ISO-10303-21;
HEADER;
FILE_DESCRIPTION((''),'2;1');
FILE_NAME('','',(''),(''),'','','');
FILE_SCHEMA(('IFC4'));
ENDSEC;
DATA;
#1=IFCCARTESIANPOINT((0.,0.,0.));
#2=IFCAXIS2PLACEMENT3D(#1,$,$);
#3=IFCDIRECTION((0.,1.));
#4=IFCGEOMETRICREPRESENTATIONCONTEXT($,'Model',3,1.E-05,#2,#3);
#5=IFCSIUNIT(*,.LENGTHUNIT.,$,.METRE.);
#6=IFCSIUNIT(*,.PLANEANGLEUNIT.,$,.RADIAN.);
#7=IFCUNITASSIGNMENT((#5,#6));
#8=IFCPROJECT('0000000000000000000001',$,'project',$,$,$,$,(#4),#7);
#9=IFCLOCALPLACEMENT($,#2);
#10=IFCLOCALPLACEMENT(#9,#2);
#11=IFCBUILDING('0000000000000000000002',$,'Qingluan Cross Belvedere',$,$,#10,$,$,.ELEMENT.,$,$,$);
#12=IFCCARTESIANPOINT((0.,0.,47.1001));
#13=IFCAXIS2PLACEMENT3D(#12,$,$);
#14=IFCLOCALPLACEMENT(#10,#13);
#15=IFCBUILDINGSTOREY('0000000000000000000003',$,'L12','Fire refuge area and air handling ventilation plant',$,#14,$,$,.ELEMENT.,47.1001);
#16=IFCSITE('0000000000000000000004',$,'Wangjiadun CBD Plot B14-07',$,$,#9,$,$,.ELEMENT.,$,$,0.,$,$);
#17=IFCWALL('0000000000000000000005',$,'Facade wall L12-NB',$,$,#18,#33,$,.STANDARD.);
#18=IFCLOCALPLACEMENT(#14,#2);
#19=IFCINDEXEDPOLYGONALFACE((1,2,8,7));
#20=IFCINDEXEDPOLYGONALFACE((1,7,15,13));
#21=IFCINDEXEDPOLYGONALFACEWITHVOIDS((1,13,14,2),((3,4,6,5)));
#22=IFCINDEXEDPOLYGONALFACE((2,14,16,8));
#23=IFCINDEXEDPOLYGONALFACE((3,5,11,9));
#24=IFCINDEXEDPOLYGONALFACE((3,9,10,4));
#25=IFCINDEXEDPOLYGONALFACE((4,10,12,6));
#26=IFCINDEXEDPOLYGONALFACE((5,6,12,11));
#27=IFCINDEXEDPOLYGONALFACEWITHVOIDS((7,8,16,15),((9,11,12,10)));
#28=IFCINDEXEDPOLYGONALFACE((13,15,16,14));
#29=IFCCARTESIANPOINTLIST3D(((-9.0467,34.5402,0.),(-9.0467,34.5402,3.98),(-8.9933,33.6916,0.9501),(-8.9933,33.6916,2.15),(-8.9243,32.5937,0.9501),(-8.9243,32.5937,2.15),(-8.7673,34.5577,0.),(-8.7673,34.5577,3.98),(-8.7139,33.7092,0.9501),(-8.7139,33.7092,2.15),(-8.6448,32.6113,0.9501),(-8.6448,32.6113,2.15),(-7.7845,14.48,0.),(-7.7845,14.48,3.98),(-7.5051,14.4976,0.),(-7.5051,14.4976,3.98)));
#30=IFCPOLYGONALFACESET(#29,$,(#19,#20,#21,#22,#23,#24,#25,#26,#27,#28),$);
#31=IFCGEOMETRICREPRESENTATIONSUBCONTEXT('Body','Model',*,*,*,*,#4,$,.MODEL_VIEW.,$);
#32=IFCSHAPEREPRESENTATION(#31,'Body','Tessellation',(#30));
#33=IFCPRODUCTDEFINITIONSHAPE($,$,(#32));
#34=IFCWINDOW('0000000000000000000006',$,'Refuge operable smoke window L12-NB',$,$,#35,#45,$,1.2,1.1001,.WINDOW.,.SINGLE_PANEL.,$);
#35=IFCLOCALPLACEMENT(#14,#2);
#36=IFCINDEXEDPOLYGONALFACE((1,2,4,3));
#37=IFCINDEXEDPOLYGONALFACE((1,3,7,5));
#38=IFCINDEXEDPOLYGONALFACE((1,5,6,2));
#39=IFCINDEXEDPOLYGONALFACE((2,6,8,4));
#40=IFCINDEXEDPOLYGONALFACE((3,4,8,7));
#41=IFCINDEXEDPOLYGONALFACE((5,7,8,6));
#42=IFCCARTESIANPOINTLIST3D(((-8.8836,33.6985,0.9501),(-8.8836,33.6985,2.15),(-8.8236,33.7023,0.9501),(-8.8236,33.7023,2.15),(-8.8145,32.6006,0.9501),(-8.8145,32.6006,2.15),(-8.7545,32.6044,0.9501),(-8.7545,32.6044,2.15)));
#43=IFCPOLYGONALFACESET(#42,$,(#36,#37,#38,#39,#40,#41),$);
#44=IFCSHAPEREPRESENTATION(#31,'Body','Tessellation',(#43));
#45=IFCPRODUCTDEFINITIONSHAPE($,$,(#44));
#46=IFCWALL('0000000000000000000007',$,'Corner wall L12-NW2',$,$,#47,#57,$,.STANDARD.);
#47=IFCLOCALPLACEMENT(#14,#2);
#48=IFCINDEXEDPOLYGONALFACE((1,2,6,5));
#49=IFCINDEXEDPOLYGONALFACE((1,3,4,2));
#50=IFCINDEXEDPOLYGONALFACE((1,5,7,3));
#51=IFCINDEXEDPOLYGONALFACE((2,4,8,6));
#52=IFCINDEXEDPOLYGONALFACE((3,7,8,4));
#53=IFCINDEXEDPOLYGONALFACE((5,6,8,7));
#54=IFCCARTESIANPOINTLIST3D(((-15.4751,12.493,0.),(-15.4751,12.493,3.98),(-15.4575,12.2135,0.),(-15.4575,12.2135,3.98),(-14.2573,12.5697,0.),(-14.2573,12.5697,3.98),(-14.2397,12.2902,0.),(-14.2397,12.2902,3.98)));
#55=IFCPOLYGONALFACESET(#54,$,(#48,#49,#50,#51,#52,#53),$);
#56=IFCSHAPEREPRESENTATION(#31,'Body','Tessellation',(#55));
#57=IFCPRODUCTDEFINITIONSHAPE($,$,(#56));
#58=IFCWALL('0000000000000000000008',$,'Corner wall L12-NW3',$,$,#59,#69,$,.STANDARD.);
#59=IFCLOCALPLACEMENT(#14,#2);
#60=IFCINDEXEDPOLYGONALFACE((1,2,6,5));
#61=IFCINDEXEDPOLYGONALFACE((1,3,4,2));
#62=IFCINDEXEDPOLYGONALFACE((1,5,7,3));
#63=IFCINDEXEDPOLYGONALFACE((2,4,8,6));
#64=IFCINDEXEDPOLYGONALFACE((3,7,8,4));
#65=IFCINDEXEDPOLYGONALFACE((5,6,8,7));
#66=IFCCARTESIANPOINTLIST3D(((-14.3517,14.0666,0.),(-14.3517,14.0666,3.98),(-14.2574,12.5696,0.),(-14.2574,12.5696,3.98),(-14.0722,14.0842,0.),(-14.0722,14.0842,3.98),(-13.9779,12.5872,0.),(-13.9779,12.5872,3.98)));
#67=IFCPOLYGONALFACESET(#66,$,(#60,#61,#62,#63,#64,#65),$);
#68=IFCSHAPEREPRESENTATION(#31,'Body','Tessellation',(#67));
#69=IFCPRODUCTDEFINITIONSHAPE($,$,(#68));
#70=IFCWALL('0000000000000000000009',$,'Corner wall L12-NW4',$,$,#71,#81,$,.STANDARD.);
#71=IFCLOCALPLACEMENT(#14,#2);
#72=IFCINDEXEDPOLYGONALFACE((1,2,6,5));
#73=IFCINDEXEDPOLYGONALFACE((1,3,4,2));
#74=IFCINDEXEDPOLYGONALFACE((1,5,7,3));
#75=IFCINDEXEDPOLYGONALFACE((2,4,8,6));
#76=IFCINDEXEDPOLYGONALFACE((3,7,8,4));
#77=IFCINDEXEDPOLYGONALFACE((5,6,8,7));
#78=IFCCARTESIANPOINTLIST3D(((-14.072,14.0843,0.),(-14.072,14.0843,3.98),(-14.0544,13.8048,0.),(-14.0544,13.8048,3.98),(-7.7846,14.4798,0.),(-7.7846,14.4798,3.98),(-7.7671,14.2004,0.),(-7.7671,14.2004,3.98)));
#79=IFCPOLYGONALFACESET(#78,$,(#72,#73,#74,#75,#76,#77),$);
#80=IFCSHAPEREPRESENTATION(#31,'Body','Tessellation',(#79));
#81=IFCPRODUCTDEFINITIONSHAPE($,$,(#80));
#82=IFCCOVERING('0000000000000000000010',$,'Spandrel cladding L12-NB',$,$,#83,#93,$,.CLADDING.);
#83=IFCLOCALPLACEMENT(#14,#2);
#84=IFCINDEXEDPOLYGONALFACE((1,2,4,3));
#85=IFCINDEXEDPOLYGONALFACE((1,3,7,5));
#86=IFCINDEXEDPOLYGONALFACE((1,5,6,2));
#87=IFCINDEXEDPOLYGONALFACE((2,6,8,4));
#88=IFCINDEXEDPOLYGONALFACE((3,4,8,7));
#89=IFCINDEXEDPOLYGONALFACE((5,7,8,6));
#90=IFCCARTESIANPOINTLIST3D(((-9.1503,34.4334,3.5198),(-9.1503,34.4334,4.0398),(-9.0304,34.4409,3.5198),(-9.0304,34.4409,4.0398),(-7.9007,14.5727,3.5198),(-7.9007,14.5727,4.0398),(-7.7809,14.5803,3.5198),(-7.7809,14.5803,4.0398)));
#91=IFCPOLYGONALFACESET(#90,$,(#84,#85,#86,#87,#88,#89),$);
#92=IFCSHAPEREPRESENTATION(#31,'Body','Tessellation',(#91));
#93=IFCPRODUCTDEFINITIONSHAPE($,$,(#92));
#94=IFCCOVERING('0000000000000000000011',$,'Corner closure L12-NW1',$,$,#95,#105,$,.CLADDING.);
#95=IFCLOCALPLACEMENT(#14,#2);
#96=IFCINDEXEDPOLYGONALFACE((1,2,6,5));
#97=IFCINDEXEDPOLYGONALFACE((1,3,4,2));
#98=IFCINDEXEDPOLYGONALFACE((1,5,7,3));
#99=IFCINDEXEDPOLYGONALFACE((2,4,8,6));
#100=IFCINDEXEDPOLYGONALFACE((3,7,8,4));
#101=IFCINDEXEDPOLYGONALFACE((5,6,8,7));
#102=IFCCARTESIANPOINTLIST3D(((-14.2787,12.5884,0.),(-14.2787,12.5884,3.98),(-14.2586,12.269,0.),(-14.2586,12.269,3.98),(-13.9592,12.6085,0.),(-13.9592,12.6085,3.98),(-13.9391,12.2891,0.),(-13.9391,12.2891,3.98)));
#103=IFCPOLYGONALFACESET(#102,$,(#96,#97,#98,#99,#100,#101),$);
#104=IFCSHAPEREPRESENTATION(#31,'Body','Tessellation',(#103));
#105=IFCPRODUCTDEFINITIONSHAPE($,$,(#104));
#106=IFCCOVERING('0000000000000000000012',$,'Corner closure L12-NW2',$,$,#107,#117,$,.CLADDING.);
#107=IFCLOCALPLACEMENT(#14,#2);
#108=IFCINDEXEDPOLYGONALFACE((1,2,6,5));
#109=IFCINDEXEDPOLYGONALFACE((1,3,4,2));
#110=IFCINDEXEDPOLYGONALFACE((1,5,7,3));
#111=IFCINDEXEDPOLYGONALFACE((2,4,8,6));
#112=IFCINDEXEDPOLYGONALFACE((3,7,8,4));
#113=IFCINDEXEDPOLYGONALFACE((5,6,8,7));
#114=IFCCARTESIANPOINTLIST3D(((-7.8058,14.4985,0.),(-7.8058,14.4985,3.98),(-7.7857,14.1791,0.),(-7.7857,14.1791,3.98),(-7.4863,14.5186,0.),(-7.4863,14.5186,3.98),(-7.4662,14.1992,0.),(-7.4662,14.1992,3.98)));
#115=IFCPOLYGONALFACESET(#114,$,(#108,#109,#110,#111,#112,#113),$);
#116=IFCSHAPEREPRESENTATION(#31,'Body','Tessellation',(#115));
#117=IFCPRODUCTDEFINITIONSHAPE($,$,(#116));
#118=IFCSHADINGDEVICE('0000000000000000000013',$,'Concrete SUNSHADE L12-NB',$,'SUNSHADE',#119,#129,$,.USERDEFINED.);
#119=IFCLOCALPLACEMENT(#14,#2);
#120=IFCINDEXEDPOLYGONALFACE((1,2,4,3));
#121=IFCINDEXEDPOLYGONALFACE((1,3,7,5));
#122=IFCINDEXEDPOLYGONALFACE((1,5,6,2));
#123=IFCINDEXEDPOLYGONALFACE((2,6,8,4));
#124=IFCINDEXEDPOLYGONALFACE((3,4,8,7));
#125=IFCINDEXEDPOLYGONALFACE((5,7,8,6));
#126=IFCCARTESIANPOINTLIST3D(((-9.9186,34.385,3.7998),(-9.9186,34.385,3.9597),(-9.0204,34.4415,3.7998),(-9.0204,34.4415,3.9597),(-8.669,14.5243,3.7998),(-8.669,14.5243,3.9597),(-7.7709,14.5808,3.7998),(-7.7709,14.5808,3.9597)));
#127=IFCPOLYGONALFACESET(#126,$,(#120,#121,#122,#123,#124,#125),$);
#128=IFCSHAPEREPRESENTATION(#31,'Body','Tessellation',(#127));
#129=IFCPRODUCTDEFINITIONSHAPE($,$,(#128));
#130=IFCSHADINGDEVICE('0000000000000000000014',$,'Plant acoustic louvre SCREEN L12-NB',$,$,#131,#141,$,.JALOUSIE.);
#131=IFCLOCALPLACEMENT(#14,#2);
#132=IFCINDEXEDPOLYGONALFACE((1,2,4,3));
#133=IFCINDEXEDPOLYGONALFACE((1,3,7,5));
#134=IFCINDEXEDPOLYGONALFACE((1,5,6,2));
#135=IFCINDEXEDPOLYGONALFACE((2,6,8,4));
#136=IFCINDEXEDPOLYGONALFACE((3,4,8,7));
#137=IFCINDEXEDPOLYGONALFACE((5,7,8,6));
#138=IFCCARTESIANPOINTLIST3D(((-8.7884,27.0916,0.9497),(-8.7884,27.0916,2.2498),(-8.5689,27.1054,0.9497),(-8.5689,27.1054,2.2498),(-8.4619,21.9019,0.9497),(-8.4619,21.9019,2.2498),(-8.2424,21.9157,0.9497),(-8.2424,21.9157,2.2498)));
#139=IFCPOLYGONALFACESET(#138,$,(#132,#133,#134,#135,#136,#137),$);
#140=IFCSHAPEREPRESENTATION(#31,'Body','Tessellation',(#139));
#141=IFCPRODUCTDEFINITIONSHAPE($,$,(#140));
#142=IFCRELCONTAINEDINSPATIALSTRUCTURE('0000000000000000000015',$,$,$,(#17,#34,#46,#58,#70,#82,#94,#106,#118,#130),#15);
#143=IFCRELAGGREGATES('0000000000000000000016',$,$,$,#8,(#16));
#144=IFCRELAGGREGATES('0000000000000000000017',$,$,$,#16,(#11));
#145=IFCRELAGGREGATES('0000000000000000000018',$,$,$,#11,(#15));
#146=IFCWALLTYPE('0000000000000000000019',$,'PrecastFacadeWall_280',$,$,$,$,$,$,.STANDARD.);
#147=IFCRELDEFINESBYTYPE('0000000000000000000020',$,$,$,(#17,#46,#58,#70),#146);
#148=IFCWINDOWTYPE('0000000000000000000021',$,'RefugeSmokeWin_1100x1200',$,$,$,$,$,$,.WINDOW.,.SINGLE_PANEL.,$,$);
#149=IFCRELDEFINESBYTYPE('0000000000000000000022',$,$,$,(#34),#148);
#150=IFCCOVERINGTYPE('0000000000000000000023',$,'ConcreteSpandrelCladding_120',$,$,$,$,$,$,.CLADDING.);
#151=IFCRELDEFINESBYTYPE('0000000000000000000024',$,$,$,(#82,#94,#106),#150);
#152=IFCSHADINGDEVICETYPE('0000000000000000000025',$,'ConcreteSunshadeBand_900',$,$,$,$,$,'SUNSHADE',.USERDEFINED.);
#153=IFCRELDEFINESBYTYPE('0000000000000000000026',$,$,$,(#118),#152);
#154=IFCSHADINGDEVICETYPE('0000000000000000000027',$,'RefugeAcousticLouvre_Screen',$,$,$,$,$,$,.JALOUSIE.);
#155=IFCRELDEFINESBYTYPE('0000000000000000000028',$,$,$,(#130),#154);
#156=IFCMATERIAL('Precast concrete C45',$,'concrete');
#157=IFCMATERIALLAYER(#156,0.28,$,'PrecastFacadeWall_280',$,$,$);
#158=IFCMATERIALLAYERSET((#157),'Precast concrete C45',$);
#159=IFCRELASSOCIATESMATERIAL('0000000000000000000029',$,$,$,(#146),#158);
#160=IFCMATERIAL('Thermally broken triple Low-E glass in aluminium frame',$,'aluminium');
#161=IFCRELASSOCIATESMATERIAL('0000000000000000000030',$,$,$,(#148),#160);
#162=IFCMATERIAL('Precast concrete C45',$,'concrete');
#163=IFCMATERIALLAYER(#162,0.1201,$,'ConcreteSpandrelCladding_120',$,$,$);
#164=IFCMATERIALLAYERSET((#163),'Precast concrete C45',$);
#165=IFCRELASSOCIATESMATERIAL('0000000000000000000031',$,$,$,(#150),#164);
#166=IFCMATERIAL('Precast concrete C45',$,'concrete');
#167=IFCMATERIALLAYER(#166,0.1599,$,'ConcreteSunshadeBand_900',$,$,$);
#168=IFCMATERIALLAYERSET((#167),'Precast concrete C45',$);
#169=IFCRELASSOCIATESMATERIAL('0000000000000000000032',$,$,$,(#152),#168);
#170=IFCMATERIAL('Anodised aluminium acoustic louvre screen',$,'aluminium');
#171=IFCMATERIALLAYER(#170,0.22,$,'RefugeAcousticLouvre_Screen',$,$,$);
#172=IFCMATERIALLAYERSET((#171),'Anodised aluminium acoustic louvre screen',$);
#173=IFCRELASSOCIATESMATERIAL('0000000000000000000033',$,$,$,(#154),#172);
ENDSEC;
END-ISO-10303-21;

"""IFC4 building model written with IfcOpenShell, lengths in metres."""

from ifc_helpers import new_model, si_unit, direction, frame, frame_2d, origin, origin_2d, place, context, subcontext, project, spatial, rectangle, extrude, material, layer, layer_set, type_object, element, fill, save


model = new_model("IFC4")

# Units and contexts
model_context = context("Model", 3, precision=1e-05, world=origin(), true_north=direction((0.0, 1.0)))
body_context = subcontext(model_context, "Body", "Model", "MODEL_VIEW")
ifc_project = project(units=[si_unit("LENGTHUNIT", "METRE"), si_unit("PLANEANGLEUNIT", "RADIAN")], contexts=[model_context])

# Site, building, storey
site_placement = place(None, origin())
site = spatial("IfcSite", under=ifc_project, at=site_placement, Name="Wangjiadun CBD Plot B14-07", CompositionType="ELEMENT", RefElevation=0.0)
building_placement = place(site_placement, origin())
building = spatial("IfcBuilding", under=site, at=building_placement, Name="Qingluan Cross Belvedere", CompositionType="ELEMENT")
storey_placement = place(building_placement, frame((0.0, 0.0, 47.1001)))
storey = spatial("IfcBuildingStorey", under=building, at=storey_placement, Name="L12", Description="Fire refuge area and air handling ventilation plant", CompositionType="ELEMENT", Elevation=47.1001)

# Wall, opening, window
ifc_material_1 = material(Name="Precast concrete C45", Category="concrete")
ifc_layer_1 = layer(ifc_material_1, 0.28, Name="PrecastFacadeWall_280")
ifc_layer_set_1 = layer_set([ifc_layer_1], Name="Precast concrete C45")
wall_type_1 = type_object("IfcWallType", Name="PrecastFacadeWall_280", PredefinedType="STANDARD", material=ifc_layer_set_1)
wall_1_placement = place(storey_placement, frame((-8.907, 34.5488, 0.0), z_axis=(0.0, 0.0, 1.0), x_axis=(0.062796, -0.998026, 0.0)))
wall_1 = element("IfcWall", 1, at=wall_1_placement, inside=storey, type_object=wall_type_1, Name="Facade wall L12-NB", PredefinedType="STANDARD", context=body_context, shape_type="SweptSolid", body=[
    extrude(rectangle(XDim=20.0999, YDim=0.28, at=frame_2d((10.0498, 0.0))), origin(), (0.0, 0.0, 1.0), 3.98),
])
opening_1_placement = place(wall_1_placement, frame((0.8501, 0.0, 0.95)))
opening_1 = element("IfcOpeningElement", 2, at=opening_1_placement, cuts=wall_1, PredefinedType="OPENING", context=body_context, shape_type="SweptSolid", body=[
    extrude(rectangle(XDim=1.1001, YDim=1.2, at=frame_2d((0.55, 0.6001))), frame((0.0, 0.1499, 0.0), z_axis=(0.0, -1.0, 0.0), x_axis=(1.0, 0.0, 0.0)), (0.0, 0.0, 1.0), 0.3),
])
ifc_material_2 = material(Name="Thermally broken triple Low-E glass in aluminium frame", Category="aluminium")
window_type = type_object("IfcWindowType", Name="RefugeSmokeWin_1100x1200", PartitioningType="SINGLE_PANEL", PredefinedType="WINDOW", material=ifc_material_2)
window_placement = place(opening_1_placement, origin())
window = element("IfcWindow", 3, at=window_placement, inside=storey, type_object=window_type, Name="Refuge operable smoke window L12-NB", OverallHeight=1.2, OverallWidth=1.1001, PartitioningType="SINGLE_PANEL", PredefinedType="WINDOW", context=body_context, shape_type="SweptSolid", body=[
    extrude(rectangle(XDim=1.1001, YDim=1.2, at=frame_2d((0.55, 0.6001))), frame((0.0, 0.03, 0.0), z_axis=(0.0, -1.0, 0.0), x_axis=(1.0, 0.0, 0.0)), (0.0, 0.0, 1.0), 0.0601),
])
fill(opening_1, window)

# Walls
wall_2_placement = place(storey_placement, frame((-15.4663, 12.3533, 0.0), z_axis=(0.0, 0.0, 1.0), x_axis=(0.998024, 0.062827, 0.0)))
element("IfcWall", 4, at=wall_2_placement, inside=storey, type_object=wall_type_1, Name="Corner wall L12-NW2", PredefinedType="STANDARD", context=body_context, shape_type="SweptSolid", body=[
    extrude(rectangle(XDim=1.2202, YDim=0.28, at=frame_2d((0.6101, 0.0))), origin(), (0.0, 0.0, 1.0), 3.98),
])
wall_3_placement = place(storey_placement, frame((-14.1177, 12.5784, 0.0), z_axis=(0.0, 0.0, 1.0), x_axis=(-0.062824, 0.998025, 0.0)))
element("IfcWall", 5, at=wall_3_placement, inside=storey, type_object=wall_type_1, Name="Corner wall L12-NW3", PredefinedType="STANDARD", context=body_context, shape_type="SweptSolid", body=[
    extrude(rectangle(XDim=1.5, YDim=0.28, at=frame_2d((0.75, 0.0))), origin(), (0.0, 0.0, 1.0), 3.98),
])
wall_4_placement = place(storey_placement, frame((-14.0632, 13.9446, 0.0), z_axis=(0.0, 0.0, 1.0), x_axis=(0.998027, 0.062781, 0.0)))
element("IfcWall", 6, at=wall_4_placement, inside=storey, type_object=wall_type_1, Name="Corner wall L12-NW4", PredefinedType="STANDARD", context=body_context, shape_type="SweptSolid", body=[
    extrude(rectangle(XDim=6.2998, YDim=0.28, at=frame_2d((3.1499, 0.0))), origin(), (0.0, 0.0, 1.0), 3.98),
])

# Coverings
ifc_material_3 = material(Name="Precast concrete C45", Category="concrete")
ifc_layer_2 = layer(ifc_material_3, 0.1201, Name="ConcreteSpandrelCladding_120")
ifc_layer_set_2 = layer_set([ifc_layer_2], Name="Precast concrete C45")
covering_type = type_object("IfcCoveringType", Name="ConcreteSpandrelCladding_120", PredefinedType="CLADDING", material=ifc_layer_set_2)
covering_placement = place(storey_placement, frame((-8.4656, 24.5068, 3.5198), z_axis=(0.0, 0.0, 1.0), x_axis=(0.062791, -0.998027, 0.0)))
element("IfcCovering", 7, at=covering_placement, inside=storey, type_object=covering_type, Name="Spandrel cladding L12-NB", PredefinedType="CLADDING", context=body_context, shape_type="SweptSolid", body=[
    extrude(rectangle(XDim=19.8999, YDim=0.1201, at=origin_2d()), origin(), (0.0, 0.0, 1.0), 0.52),
])
for number, where, z_axis, x_axis, name in (
    (8, (-14.1089, 12.4387, 0.0), (0.0, 0.0, 1.0), (0.998027, 0.062791, 0.0), "Corner closure L12-NW1"),
    (9, (-7.636, 14.3489, 0.0), (0.0, 0.0, 1.0), (0.998027, 0.062791, 0.0), "Corner closure L12-NW2"),
):
    element("IfcCovering", number, at=place(storey_placement, frame(where, z_axis=z_axis, x_axis=x_axis)), inside=storey, type_object=covering_type, Name=name, PredefinedType="CLADDING", context=body_context, shape_type="SweptSolid", body=[
        extrude(rectangle(XDim=0.3201, YDim=0.3201, at=origin_2d()), origin(), (0.0, 0.0, 1.0), 3.98),
    ])

# Shading devices
ifc_material_4 = material(Name="Precast concrete C45", Category="concrete")
ifc_layer_3 = layer(ifc_material_4, 0.1599, Name="ConcreteSunshadeBand_900")
ifc_layer_set_3 = layer_set([ifc_layer_3], Name="Precast concrete C45")
shading_device_type_1 = type_object("IfcShadingDeviceType", Name="ConcreteSunshadeBand_900", ElementType="SUNSHADE", PredefinedType="USERDEFINED", material=ifc_layer_set_3)
shading_device_1_placement = place(storey_placement, frame((-8.8447, 24.4829, 3.7998), z_axis=(0.0, 0.0, 1.0), x_axis=(0.062791, -0.998027, 0.0)))
element("IfcShadingDevice", 10, at=shading_device_1_placement, inside=storey, type_object=shading_device_type_1, Name="Concrete SUNSHADE L12-NB", ObjectType="SUNSHADE", PredefinedType="USERDEFINED", context=body_context, shape_type="SweptSolid", body=[
    extrude(rectangle(XDim=19.8999, YDim=0.8999, at=origin_2d()), origin(), (0.0, 0.0, 1.0), 0.1599),
])
ifc_material_5 = material(Name="Anodised aluminium acoustic louvre screen", Category="aluminium")
ifc_layer_4 = layer(ifc_material_5, 0.22, Name="RefugeAcousticLouvre_Screen")
ifc_layer_set_4 = layer_set([ifc_layer_4], Name="Anodised aluminium acoustic louvre screen")
shading_device_type_2 = type_object("IfcShadingDeviceType", Name="RefugeAcousticLouvre_Screen", PredefinedType="JALOUSIE", material=ifc_layer_set_4)
shading_device_2_placement = place(storey_placement, frame((-8.5154, 24.5037, 0.9497), z_axis=(0.0, 0.0, 1.0), x_axis=(0.062791, -0.998027, 0.0)))
element("IfcShadingDevice", 11, at=shading_device_2_placement, inside=storey, type_object=shading_device_type_2, Name="Plant acoustic louvre SCREEN L12-NB", PredefinedType="JALOUSIE", context=body_context, shape_type="SweptSolid", body=[
    extrude(rectangle(XDim=5.2, YDim=0.22, at=origin_2d()), origin(), (0.0, 0.0, 1.0), 1.3),
])

save(model, "model.ifc")
